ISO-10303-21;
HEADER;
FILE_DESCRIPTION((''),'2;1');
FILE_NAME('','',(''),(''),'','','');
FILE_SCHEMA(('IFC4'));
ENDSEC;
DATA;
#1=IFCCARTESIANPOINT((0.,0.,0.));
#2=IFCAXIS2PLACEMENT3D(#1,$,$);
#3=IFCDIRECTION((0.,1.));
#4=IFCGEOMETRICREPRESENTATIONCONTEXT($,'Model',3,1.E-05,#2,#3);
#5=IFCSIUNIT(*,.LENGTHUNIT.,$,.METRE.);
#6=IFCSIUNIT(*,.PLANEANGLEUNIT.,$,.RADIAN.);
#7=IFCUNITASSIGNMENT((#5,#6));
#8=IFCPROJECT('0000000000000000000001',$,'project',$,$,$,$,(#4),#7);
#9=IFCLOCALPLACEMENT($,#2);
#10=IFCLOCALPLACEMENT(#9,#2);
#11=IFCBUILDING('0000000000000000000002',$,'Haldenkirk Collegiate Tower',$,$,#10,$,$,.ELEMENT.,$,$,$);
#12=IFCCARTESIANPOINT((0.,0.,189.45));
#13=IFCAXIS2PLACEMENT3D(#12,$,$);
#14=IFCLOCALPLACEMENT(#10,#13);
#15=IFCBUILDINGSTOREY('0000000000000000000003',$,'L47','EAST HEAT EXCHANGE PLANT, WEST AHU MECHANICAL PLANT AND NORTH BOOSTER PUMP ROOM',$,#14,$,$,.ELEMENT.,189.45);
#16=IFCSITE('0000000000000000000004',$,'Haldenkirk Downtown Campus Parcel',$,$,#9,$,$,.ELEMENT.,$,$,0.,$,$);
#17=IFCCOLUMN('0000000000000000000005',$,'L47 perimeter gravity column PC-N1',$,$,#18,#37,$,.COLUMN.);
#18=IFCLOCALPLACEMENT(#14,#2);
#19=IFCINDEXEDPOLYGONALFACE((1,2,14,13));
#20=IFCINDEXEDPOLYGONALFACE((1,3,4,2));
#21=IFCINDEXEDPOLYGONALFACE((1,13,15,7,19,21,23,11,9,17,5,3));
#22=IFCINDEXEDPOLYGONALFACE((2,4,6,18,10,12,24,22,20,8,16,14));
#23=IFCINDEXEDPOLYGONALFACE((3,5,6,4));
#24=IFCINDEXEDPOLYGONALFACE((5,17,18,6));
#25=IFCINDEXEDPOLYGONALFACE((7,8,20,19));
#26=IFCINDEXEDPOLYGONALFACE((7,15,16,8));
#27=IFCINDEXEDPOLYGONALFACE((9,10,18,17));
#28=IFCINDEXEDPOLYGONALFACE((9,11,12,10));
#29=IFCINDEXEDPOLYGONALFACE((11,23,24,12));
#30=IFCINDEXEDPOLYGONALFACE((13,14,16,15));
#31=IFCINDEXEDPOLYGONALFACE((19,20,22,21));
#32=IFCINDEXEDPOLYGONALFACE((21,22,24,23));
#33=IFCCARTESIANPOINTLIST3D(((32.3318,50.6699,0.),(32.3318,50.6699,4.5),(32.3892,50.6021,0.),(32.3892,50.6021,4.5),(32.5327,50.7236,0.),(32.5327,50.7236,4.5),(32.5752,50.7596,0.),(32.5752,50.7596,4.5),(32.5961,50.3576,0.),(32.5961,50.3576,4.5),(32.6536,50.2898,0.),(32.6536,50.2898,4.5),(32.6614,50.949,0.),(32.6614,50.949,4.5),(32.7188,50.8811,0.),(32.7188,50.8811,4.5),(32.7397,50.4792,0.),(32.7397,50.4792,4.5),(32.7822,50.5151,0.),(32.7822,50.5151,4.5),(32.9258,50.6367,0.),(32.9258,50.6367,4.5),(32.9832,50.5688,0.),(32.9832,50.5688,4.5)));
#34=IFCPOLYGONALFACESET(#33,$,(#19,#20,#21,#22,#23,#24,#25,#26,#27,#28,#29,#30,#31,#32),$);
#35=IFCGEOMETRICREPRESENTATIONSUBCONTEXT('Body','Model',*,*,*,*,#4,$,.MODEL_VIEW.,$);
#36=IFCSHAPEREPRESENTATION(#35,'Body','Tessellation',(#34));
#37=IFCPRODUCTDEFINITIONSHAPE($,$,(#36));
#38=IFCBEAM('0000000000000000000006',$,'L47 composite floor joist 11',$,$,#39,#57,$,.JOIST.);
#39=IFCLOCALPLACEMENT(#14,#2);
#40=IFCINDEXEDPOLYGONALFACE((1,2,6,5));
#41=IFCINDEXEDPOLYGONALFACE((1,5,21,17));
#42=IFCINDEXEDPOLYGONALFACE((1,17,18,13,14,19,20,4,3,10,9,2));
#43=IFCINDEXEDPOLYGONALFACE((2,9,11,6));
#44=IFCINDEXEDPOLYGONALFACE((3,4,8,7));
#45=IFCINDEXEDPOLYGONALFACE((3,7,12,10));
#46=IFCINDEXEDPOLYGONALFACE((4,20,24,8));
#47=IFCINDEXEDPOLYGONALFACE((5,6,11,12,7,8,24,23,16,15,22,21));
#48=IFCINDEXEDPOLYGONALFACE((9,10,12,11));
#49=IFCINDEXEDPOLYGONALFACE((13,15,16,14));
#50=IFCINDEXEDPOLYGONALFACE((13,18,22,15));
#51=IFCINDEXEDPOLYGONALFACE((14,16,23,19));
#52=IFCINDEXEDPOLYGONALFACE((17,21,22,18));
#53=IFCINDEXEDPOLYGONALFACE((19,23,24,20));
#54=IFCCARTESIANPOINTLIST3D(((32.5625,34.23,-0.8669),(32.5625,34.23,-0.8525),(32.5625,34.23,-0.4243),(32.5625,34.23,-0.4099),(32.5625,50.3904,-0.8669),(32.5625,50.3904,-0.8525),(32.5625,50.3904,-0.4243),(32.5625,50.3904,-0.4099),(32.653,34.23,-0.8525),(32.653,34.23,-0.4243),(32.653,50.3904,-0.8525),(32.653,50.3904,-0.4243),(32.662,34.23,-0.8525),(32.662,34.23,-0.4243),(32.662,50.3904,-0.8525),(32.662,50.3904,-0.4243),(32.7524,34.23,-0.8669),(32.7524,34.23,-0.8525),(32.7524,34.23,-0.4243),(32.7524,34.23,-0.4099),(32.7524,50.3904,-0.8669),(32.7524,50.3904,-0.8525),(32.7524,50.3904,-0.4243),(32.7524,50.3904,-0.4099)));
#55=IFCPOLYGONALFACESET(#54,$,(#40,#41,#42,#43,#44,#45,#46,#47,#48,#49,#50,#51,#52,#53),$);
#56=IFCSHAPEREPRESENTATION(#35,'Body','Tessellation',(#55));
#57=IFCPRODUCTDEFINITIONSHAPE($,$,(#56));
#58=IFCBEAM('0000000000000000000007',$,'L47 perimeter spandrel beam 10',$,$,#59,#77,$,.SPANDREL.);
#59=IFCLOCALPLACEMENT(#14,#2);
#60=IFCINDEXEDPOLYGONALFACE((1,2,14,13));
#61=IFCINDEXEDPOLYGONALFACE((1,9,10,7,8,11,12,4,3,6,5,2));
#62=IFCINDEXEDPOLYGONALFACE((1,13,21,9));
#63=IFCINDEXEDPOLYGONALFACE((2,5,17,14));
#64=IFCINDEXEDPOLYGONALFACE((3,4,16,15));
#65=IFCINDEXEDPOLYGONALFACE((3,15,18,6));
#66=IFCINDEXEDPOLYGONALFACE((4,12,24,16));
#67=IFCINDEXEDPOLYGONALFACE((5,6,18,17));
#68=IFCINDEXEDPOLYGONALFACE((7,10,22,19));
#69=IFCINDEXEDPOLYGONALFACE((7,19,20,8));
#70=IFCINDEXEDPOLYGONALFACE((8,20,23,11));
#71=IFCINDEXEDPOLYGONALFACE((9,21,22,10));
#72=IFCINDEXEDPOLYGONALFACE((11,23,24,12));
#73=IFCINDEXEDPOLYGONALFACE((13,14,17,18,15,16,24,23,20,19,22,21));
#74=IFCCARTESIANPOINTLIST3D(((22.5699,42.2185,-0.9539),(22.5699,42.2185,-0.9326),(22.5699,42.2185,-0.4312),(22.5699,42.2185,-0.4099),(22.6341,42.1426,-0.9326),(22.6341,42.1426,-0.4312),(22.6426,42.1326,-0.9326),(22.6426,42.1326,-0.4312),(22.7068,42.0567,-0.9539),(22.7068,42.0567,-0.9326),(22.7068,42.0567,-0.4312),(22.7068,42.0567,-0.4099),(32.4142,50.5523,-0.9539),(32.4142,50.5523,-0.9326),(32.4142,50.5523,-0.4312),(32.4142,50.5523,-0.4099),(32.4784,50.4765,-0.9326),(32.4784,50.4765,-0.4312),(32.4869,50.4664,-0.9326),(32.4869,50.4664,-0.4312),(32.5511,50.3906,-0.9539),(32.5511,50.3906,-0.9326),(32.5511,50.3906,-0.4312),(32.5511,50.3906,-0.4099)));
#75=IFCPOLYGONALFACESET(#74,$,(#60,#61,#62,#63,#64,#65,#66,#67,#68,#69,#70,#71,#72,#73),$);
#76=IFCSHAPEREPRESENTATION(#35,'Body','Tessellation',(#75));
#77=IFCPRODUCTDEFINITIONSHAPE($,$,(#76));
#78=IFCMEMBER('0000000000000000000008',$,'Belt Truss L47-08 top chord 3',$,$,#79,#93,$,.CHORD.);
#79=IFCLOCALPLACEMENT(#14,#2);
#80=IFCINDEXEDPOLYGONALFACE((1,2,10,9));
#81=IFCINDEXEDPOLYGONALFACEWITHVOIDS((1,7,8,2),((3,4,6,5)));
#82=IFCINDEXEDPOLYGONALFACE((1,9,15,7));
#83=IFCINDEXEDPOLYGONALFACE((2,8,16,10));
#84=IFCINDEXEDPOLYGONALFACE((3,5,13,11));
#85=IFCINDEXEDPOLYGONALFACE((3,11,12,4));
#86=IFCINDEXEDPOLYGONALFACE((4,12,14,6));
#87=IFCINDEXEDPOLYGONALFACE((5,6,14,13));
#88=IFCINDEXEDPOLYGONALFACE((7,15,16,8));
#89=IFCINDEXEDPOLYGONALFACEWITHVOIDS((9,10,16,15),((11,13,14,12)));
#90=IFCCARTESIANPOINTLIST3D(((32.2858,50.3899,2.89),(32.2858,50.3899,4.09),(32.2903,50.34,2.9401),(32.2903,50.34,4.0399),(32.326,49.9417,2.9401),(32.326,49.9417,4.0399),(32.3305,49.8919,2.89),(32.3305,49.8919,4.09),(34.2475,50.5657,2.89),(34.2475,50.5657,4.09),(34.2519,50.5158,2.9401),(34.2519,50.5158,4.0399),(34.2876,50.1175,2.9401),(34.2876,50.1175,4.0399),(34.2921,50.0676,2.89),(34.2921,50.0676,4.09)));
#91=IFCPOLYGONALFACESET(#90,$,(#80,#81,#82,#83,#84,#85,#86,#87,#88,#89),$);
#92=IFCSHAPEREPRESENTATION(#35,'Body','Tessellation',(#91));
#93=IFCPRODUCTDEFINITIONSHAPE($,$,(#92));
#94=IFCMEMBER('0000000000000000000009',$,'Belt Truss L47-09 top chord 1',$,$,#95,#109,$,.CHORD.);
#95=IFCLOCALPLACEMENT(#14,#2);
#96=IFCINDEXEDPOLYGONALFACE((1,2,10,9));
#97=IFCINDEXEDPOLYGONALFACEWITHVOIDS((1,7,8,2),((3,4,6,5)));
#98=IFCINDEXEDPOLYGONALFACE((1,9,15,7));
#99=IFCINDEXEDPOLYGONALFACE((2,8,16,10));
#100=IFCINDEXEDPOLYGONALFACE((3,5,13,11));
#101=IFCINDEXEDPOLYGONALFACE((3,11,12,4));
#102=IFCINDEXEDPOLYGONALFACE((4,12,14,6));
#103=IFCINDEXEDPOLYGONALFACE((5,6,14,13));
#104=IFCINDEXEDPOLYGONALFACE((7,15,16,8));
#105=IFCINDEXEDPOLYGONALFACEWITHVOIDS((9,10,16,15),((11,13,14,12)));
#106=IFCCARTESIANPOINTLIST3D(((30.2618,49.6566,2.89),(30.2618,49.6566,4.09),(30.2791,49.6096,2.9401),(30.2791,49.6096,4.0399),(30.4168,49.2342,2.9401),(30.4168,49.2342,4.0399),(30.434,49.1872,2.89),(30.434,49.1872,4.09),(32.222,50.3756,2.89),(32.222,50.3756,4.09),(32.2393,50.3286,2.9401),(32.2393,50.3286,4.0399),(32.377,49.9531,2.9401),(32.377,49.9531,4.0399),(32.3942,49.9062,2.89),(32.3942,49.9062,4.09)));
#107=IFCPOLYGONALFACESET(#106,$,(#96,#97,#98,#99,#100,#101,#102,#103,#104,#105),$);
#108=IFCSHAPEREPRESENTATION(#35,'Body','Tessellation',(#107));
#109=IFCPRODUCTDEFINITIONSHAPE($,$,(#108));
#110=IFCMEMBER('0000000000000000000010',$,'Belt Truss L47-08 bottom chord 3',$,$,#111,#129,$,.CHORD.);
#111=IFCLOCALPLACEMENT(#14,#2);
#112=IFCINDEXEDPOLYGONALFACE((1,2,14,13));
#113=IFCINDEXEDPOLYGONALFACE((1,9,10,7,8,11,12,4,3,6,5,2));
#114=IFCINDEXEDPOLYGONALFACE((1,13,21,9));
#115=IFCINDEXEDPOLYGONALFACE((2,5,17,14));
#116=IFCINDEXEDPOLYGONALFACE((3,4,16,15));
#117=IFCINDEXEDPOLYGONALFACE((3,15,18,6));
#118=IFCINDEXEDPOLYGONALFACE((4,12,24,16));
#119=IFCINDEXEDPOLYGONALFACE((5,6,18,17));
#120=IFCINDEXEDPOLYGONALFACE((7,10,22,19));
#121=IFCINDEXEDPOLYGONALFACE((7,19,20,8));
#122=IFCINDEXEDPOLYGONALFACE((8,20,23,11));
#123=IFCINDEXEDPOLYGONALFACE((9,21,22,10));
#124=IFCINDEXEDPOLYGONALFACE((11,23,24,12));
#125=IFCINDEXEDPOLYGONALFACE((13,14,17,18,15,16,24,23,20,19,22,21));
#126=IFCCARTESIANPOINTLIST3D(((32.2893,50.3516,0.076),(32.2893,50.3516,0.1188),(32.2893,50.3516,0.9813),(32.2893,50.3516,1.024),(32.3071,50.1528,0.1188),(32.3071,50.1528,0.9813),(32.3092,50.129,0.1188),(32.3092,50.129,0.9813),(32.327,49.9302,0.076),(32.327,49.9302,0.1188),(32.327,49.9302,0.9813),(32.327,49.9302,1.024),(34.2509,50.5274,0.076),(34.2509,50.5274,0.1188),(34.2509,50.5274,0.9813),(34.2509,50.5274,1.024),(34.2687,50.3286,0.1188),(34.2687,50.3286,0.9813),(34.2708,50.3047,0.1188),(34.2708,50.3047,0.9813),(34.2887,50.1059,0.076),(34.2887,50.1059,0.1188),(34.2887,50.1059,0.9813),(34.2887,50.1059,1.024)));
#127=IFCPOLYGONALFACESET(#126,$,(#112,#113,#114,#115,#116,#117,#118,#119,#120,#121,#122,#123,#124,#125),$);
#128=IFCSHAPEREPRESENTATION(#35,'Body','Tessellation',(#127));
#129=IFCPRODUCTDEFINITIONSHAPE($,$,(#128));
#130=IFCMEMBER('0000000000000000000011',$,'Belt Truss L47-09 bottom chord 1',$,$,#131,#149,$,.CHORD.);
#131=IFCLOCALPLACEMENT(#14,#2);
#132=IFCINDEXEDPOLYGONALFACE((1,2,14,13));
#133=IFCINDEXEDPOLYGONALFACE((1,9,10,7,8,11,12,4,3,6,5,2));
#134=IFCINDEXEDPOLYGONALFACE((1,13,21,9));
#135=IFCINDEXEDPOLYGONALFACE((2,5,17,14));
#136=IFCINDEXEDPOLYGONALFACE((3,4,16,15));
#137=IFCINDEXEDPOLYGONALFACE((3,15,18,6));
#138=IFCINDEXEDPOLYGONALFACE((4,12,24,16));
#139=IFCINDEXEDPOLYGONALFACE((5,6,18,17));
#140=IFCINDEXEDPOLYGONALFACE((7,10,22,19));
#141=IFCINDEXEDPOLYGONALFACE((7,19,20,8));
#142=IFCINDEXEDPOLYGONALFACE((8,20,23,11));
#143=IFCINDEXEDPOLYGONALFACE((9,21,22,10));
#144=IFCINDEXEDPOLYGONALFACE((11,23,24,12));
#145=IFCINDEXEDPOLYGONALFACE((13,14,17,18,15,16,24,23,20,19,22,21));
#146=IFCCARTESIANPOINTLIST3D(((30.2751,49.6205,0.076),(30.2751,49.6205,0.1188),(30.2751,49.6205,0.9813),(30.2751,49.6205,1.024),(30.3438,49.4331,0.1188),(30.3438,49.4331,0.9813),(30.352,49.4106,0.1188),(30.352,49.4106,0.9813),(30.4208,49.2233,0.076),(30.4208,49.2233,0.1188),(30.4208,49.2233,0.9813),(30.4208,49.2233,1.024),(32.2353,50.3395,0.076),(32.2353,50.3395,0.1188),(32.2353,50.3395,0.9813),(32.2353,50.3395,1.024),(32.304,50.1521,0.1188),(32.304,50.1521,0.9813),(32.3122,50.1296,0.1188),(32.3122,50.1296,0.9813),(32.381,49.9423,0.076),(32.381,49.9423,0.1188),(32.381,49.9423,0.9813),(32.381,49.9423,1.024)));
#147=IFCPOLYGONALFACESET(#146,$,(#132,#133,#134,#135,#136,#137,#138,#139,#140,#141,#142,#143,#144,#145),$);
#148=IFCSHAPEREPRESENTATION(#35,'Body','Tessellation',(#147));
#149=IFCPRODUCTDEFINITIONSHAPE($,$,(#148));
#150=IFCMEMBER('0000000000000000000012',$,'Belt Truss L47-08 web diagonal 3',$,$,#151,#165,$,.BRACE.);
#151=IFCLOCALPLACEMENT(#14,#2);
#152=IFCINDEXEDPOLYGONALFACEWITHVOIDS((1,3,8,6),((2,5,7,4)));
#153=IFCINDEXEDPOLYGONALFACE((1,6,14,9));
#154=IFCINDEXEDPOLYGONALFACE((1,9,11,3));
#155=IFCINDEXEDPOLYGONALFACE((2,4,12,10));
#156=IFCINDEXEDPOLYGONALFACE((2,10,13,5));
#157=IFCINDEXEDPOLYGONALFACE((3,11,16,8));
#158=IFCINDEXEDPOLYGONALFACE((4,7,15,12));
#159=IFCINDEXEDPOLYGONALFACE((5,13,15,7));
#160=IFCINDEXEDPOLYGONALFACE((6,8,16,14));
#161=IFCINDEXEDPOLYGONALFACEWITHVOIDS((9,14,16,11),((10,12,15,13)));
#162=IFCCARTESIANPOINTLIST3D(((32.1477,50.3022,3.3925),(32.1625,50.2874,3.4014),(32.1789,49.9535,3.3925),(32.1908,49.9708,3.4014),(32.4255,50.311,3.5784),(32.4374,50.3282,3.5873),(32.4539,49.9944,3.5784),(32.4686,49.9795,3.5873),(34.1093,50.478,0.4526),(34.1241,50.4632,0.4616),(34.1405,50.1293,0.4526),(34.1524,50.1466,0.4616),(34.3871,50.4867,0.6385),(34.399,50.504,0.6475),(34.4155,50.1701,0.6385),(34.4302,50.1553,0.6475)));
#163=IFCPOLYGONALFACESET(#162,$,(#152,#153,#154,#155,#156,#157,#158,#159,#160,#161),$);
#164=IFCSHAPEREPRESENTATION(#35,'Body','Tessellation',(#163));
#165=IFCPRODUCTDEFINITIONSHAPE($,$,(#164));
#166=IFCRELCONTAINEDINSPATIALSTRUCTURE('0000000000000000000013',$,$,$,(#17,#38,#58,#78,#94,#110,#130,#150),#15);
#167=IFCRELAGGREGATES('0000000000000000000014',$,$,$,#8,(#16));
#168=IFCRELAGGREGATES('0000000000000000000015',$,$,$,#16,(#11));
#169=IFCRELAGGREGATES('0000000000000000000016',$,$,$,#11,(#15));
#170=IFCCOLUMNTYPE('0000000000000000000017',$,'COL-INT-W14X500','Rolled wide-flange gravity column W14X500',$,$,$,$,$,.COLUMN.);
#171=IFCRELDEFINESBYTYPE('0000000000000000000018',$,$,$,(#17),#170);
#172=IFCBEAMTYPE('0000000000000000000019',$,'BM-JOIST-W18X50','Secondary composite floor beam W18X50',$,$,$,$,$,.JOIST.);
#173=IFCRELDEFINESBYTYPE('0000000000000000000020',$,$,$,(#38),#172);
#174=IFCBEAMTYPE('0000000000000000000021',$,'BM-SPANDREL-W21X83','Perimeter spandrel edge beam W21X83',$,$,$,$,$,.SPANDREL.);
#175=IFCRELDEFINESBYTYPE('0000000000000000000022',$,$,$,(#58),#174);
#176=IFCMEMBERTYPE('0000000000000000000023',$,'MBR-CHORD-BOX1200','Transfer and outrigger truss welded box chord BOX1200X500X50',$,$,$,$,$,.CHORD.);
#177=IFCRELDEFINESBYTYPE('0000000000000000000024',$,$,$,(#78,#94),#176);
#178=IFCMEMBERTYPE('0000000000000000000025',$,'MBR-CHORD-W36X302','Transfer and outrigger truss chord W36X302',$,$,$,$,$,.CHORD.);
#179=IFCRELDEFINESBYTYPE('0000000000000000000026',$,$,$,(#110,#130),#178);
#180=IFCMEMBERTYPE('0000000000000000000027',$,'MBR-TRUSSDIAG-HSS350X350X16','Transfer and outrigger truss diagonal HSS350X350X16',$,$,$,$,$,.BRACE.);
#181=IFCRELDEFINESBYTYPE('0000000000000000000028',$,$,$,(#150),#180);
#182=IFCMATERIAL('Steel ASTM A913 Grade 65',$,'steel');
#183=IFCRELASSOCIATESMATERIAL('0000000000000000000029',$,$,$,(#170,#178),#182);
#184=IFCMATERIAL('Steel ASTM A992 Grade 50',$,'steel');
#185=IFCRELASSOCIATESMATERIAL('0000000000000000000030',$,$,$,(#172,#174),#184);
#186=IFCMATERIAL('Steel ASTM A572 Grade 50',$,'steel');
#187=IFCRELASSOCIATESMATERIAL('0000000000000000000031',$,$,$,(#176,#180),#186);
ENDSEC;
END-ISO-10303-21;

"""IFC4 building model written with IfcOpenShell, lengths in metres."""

from ifc_helpers import new_model, si_unit, direction, frame, origin, origin_2d, place, context, subcontext, project, spatial, hollow_rectangle, i_section, extrude, material, material_profile, profile_set, type_object, element, save


model = new_model("IFC4")

# Units and contexts
model_context = context("Model", 3, precision=1e-05, world=origin(), true_north=direction((0.0, 1.0)))
body_context = subcontext(model_context, "Body", "Model", "MODEL_VIEW")
ifc_project = project(units=[si_unit("LENGTHUNIT", "METRE"), si_unit("PLANEANGLEUNIT", "RADIAN")], contexts=[model_context])

# Site, building, storey
site_placement = place(None, origin())
site = spatial("IfcSite", under=ifc_project, at=site_placement, Name="Haldenkirk Downtown Campus Parcel", CompositionType="ELEMENT", RefElevation=0.0)
building_placement = place(site_placement, origin())
building = spatial("IfcBuilding", under=site, at=building_placement, Name="Haldenkirk Collegiate Tower", CompositionType="ELEMENT")
storey_placement = place(building_placement, frame((0.0, 0.0, 189.45)))
storey = spatial("IfcBuildingStorey", under=building, at=storey_placement, Name="L47", Description="EAST HEAT EXCHANGE PLANT, WEST AHU MECHANICAL PLANT AND NORTH BOOSTER PUMP ROOM", CompositionType="ELEMENT", Elevation=189.45)

# Column
ifc_material_1 = material(Name="Steel ASTM A913 Grade 65", Category="steel")
ifc_material_profile_1 = material_profile(ifc_material_1, i_section(OverallWidth=0.4319, OverallDepth=0.498, WebThickness=0.0557, FlangeThickness=0.0889, at=origin_2d()), Name="W14X500")
ifc_profile_set_1 = profile_set([ifc_material_profile_1], Name="Steel ASTM A913 Grade 65")
column_type = type_object("IfcColumnType", Name="COL-INT-W14X500", Description="Rolled wide-flange gravity column W14X500", PredefinedType="COLUMN", material=ifc_profile_set_1)
column_placement = place(storey_placement, frame((32.6575, 50.6194, 0.0), z_axis=(0.0, 0.0, 1.0), x_axis=(0.763232, 0.646124, 0.0)))
element("IfcColumn", 1, at=column_placement, inside=storey, type_object=column_type, Name="L47 perimeter gravity column PC-N1", PredefinedType="COLUMN", context=body_context, shape_type="SweptSolid", body=[
    extrude(i_section(OverallWidth=0.4319, OverallDepth=0.498, WebThickness=0.0557, FlangeThickness=0.0889, at=origin_2d()), origin(), (0.0, 0.0, 1.0), 4.5),
])

# Beams
ifc_material_2 = material(Name="Steel ASTM A992 Grade 50", Category="steel")
ifc_material_profile_2 = material_profile(ifc_material_2, i_section(OverallWidth=0.1899, OverallDepth=0.457, WebThickness=0.009, FlangeThickness=0.0144, at=origin_2d()), Name="W18X50")
ifc_profile_set_2 = profile_set([ifc_material_profile_2], Name="Steel ASTM A992 Grade 50")
beam_type_1 = type_object("IfcBeamType", Name="BM-JOIST-W18X50", Description="Secondary composite floor beam W18X50", PredefinedType="JOIST", material=ifc_profile_set_2)
beam_1_placement = place(storey_placement, frame((32.6575, 50.3904, -0.6384), z_axis=(0.0, -1.0, 0.0), x_axis=(1.0, 0.0, 0.0)))
element("IfcBeam", 2, at=beam_1_placement, inside=storey, type_object=beam_type_1, Name="L47 composite floor joist 11", PredefinedType="JOIST", context=body_context, shape_type="SweptSolid", body=[
    extrude(i_section(OverallWidth=0.1899, OverallDepth=0.457, WebThickness=0.009, FlangeThickness=0.0144, at=origin_2d()), origin(), (0.0, 0.0, 1.0), 16.1604),
])
ifc_material_profile_3 = material_profile(ifc_material_2, i_section(OverallWidth=0.2119, OverallDepth=0.5439, WebThickness=0.0132, FlangeThickness=0.0212, at=origin_2d()), Name="W21X83")
ifc_profile_set_3 = profile_set([ifc_material_profile_3], Name="Steel ASTM A992 Grade 50")
beam_type_2 = type_object("IfcBeamType", Name="BM-SPANDREL-W21X83", Description="Perimeter spandrel edge beam W21X83", PredefinedType="SPANDREL", material=ifc_profile_set_3)
beam_2_placement = place(storey_placement, frame((32.4827, 50.4714, -0.6819), z_axis=(-0.763233, -0.646123, 0.0), x_axis=(0.646123, -0.763233, 0.0)))
element("IfcBeam", 3, at=beam_2_placement, inside=storey, type_object=beam_type_2, Name="L47 perimeter spandrel beam 10", PredefinedType="SPANDREL", context=body_context, shape_type="SweptSolid", body=[
    extrude(i_section(OverallWidth=0.2119, OverallDepth=0.5439, WebThickness=0.0132, FlangeThickness=0.0212, at=origin_2d()), origin(), (0.0, 0.0, 1.0), 12.8982),
])

# Members
ifc_material_3 = material(Name="Steel ASTM A572 Grade 50", Category="steel")
ifc_material_profile_4 = material_profile(ifc_material_3, hollow_rectangle(XDim=0.5, YDim=1.2, WallThickness=0.05, at=origin_2d()), Name="BOX1200X500X50")
ifc_profile_set_4 = profile_set([ifc_material_profile_4], Name="Steel ASTM A572 Grade 50")
member_type_1 = type_object("IfcMemberType", Name="MBR-CHORD-BOX1200", Description="Transfer and outrigger truss welded box chord BOX1200X500X50", PredefinedType="CHORD", material=ifc_profile_set_4)
member_1_placement = place(storey_placement, frame((34.2698, 50.3167, 3.49), z_axis=(-0.996009, -0.08925, 0.0), x_axis=(0.08925, -0.996009, 0.0)))
element("IfcMember", 4, at=member_1_placement, inside=storey, type_object=member_type_1, Name="Belt Truss L47-08 top chord 3", PredefinedType="CHORD", context=body_context, shape_type="SweptSolid", body=[
    extrude(hollow_rectangle(XDim=0.5, YDim=1.2, WallThickness=0.05, at=origin_2d()), origin(), (0.0, 0.0, 1.0), 1.9695),
])
member_2_placement = place(storey_placement, frame((32.3081, 50.1409, 3.49), z_axis=(-0.938837, -0.344361, 0.0), x_axis=(0.344361, -0.938837, 0.0)))
element("IfcMember", 5, at=member_2_placement, inside=storey, type_object=member_type_1, Name="Belt Truss L47-09 top chord 1", PredefinedType="CHORD", context=body_context, shape_type="SweptSolid", body=[
    extrude(hollow_rectangle(XDim=0.5, YDim=1.2, WallThickness=0.05, at=origin_2d()), origin(), (0.0, 0.0, 1.0), 2.0879),
])
ifc_material_profile_5 = material_profile(ifc_material_1, i_section(OverallWidth=0.4231, OverallDepth=0.948, WebThickness=0.0239, FlangeThickness=0.0427, at=origin_2d()), Name="W36X302")
ifc_profile_set_5 = profile_set([ifc_material_profile_5], Name="Steel ASTM A913 Grade 65")
member_type_2 = type_object("IfcMemberType", Name="MBR-CHORD-W36X302", Description="Transfer and outrigger truss chord W36X302", PredefinedType="CHORD", material=ifc_profile_set_5)
member_3_placement = place(storey_placement, frame((34.2698, 50.3167, 0.55), z_axis=(-0.996009, -0.08925, 0.0), x_axis=(0.08925, -0.996009, 0.0)))
element("IfcMember", 6, at=member_3_placement, inside=storey, type_object=member_type_2, Name="Belt Truss L47-08 bottom chord 3", PredefinedType="CHORD", context=body_context, shape_type="SweptSolid", body=[
    extrude(i_section(OverallWidth=0.4231, OverallDepth=0.948, WebThickness=0.0239, FlangeThickness=0.0427, at=origin_2d()), origin(), (0.0, 0.0, 1.0), 1.9695),
])
member_4_placement = place(storey_placement, frame((32.3081, 50.1409, 0.55), z_axis=(-0.938837, -0.344361, 0.0), x_axis=(0.344361, -0.938837, 0.0)))
element("IfcMember", 7, at=member_4_placement, inside=storey, type_object=member_type_2, Name="Belt Truss L47-09 bottom chord 1", PredefinedType="CHORD", context=body_context, shape_type="SweptSolid", body=[
    extrude(i_section(OverallWidth=0.4231, OverallDepth=0.948, WebThickness=0.0239, FlangeThickness=0.0427, at=origin_2d()), origin(), (0.0, 0.0, 1.0), 2.0879),
])
ifc_material_profile_6 = material_profile(ifc_material_3, hollow_rectangle(XDim=0.3501, YDim=0.3501, WallThickness=0.0161, at=origin_2d()), Name="HSS350X350X16")
ifc_profile_set_6 = profile_set([ifc_material_profile_6], Name="Steel ASTM A572 Grade 50")
member_type_3 = type_object("IfcMemberType", Name="MBR-TRUSSDIAG-HSS350X350X16", Description="Transfer and outrigger truss diagonal HSS350X350X16", PredefinedType="BRACE", material=ifc_profile_set_6)
member_5_placement = place(storey_placement, frame((34.2698, 50.3167, 0.55), z_axis=(-0.55435, -0.049674, 0.8308), x_axis=(0.08925, -0.996009, 0.0)))
element("IfcMember", 8, at=member_5_placement, inside=storey, type_object=member_type_3, Name="Belt Truss L47-08 web diagonal 3", PredefinedType="BRACE", context=body_context, shape_type="SweptSolid", body=[
    extrude(hollow_rectangle(XDim=0.3501, YDim=0.3501, WallThickness=0.0161, at=origin_2d()), origin(), (0.0, 0.0, 1.0), 3.5386),
])

save(model, "model.ifc")
